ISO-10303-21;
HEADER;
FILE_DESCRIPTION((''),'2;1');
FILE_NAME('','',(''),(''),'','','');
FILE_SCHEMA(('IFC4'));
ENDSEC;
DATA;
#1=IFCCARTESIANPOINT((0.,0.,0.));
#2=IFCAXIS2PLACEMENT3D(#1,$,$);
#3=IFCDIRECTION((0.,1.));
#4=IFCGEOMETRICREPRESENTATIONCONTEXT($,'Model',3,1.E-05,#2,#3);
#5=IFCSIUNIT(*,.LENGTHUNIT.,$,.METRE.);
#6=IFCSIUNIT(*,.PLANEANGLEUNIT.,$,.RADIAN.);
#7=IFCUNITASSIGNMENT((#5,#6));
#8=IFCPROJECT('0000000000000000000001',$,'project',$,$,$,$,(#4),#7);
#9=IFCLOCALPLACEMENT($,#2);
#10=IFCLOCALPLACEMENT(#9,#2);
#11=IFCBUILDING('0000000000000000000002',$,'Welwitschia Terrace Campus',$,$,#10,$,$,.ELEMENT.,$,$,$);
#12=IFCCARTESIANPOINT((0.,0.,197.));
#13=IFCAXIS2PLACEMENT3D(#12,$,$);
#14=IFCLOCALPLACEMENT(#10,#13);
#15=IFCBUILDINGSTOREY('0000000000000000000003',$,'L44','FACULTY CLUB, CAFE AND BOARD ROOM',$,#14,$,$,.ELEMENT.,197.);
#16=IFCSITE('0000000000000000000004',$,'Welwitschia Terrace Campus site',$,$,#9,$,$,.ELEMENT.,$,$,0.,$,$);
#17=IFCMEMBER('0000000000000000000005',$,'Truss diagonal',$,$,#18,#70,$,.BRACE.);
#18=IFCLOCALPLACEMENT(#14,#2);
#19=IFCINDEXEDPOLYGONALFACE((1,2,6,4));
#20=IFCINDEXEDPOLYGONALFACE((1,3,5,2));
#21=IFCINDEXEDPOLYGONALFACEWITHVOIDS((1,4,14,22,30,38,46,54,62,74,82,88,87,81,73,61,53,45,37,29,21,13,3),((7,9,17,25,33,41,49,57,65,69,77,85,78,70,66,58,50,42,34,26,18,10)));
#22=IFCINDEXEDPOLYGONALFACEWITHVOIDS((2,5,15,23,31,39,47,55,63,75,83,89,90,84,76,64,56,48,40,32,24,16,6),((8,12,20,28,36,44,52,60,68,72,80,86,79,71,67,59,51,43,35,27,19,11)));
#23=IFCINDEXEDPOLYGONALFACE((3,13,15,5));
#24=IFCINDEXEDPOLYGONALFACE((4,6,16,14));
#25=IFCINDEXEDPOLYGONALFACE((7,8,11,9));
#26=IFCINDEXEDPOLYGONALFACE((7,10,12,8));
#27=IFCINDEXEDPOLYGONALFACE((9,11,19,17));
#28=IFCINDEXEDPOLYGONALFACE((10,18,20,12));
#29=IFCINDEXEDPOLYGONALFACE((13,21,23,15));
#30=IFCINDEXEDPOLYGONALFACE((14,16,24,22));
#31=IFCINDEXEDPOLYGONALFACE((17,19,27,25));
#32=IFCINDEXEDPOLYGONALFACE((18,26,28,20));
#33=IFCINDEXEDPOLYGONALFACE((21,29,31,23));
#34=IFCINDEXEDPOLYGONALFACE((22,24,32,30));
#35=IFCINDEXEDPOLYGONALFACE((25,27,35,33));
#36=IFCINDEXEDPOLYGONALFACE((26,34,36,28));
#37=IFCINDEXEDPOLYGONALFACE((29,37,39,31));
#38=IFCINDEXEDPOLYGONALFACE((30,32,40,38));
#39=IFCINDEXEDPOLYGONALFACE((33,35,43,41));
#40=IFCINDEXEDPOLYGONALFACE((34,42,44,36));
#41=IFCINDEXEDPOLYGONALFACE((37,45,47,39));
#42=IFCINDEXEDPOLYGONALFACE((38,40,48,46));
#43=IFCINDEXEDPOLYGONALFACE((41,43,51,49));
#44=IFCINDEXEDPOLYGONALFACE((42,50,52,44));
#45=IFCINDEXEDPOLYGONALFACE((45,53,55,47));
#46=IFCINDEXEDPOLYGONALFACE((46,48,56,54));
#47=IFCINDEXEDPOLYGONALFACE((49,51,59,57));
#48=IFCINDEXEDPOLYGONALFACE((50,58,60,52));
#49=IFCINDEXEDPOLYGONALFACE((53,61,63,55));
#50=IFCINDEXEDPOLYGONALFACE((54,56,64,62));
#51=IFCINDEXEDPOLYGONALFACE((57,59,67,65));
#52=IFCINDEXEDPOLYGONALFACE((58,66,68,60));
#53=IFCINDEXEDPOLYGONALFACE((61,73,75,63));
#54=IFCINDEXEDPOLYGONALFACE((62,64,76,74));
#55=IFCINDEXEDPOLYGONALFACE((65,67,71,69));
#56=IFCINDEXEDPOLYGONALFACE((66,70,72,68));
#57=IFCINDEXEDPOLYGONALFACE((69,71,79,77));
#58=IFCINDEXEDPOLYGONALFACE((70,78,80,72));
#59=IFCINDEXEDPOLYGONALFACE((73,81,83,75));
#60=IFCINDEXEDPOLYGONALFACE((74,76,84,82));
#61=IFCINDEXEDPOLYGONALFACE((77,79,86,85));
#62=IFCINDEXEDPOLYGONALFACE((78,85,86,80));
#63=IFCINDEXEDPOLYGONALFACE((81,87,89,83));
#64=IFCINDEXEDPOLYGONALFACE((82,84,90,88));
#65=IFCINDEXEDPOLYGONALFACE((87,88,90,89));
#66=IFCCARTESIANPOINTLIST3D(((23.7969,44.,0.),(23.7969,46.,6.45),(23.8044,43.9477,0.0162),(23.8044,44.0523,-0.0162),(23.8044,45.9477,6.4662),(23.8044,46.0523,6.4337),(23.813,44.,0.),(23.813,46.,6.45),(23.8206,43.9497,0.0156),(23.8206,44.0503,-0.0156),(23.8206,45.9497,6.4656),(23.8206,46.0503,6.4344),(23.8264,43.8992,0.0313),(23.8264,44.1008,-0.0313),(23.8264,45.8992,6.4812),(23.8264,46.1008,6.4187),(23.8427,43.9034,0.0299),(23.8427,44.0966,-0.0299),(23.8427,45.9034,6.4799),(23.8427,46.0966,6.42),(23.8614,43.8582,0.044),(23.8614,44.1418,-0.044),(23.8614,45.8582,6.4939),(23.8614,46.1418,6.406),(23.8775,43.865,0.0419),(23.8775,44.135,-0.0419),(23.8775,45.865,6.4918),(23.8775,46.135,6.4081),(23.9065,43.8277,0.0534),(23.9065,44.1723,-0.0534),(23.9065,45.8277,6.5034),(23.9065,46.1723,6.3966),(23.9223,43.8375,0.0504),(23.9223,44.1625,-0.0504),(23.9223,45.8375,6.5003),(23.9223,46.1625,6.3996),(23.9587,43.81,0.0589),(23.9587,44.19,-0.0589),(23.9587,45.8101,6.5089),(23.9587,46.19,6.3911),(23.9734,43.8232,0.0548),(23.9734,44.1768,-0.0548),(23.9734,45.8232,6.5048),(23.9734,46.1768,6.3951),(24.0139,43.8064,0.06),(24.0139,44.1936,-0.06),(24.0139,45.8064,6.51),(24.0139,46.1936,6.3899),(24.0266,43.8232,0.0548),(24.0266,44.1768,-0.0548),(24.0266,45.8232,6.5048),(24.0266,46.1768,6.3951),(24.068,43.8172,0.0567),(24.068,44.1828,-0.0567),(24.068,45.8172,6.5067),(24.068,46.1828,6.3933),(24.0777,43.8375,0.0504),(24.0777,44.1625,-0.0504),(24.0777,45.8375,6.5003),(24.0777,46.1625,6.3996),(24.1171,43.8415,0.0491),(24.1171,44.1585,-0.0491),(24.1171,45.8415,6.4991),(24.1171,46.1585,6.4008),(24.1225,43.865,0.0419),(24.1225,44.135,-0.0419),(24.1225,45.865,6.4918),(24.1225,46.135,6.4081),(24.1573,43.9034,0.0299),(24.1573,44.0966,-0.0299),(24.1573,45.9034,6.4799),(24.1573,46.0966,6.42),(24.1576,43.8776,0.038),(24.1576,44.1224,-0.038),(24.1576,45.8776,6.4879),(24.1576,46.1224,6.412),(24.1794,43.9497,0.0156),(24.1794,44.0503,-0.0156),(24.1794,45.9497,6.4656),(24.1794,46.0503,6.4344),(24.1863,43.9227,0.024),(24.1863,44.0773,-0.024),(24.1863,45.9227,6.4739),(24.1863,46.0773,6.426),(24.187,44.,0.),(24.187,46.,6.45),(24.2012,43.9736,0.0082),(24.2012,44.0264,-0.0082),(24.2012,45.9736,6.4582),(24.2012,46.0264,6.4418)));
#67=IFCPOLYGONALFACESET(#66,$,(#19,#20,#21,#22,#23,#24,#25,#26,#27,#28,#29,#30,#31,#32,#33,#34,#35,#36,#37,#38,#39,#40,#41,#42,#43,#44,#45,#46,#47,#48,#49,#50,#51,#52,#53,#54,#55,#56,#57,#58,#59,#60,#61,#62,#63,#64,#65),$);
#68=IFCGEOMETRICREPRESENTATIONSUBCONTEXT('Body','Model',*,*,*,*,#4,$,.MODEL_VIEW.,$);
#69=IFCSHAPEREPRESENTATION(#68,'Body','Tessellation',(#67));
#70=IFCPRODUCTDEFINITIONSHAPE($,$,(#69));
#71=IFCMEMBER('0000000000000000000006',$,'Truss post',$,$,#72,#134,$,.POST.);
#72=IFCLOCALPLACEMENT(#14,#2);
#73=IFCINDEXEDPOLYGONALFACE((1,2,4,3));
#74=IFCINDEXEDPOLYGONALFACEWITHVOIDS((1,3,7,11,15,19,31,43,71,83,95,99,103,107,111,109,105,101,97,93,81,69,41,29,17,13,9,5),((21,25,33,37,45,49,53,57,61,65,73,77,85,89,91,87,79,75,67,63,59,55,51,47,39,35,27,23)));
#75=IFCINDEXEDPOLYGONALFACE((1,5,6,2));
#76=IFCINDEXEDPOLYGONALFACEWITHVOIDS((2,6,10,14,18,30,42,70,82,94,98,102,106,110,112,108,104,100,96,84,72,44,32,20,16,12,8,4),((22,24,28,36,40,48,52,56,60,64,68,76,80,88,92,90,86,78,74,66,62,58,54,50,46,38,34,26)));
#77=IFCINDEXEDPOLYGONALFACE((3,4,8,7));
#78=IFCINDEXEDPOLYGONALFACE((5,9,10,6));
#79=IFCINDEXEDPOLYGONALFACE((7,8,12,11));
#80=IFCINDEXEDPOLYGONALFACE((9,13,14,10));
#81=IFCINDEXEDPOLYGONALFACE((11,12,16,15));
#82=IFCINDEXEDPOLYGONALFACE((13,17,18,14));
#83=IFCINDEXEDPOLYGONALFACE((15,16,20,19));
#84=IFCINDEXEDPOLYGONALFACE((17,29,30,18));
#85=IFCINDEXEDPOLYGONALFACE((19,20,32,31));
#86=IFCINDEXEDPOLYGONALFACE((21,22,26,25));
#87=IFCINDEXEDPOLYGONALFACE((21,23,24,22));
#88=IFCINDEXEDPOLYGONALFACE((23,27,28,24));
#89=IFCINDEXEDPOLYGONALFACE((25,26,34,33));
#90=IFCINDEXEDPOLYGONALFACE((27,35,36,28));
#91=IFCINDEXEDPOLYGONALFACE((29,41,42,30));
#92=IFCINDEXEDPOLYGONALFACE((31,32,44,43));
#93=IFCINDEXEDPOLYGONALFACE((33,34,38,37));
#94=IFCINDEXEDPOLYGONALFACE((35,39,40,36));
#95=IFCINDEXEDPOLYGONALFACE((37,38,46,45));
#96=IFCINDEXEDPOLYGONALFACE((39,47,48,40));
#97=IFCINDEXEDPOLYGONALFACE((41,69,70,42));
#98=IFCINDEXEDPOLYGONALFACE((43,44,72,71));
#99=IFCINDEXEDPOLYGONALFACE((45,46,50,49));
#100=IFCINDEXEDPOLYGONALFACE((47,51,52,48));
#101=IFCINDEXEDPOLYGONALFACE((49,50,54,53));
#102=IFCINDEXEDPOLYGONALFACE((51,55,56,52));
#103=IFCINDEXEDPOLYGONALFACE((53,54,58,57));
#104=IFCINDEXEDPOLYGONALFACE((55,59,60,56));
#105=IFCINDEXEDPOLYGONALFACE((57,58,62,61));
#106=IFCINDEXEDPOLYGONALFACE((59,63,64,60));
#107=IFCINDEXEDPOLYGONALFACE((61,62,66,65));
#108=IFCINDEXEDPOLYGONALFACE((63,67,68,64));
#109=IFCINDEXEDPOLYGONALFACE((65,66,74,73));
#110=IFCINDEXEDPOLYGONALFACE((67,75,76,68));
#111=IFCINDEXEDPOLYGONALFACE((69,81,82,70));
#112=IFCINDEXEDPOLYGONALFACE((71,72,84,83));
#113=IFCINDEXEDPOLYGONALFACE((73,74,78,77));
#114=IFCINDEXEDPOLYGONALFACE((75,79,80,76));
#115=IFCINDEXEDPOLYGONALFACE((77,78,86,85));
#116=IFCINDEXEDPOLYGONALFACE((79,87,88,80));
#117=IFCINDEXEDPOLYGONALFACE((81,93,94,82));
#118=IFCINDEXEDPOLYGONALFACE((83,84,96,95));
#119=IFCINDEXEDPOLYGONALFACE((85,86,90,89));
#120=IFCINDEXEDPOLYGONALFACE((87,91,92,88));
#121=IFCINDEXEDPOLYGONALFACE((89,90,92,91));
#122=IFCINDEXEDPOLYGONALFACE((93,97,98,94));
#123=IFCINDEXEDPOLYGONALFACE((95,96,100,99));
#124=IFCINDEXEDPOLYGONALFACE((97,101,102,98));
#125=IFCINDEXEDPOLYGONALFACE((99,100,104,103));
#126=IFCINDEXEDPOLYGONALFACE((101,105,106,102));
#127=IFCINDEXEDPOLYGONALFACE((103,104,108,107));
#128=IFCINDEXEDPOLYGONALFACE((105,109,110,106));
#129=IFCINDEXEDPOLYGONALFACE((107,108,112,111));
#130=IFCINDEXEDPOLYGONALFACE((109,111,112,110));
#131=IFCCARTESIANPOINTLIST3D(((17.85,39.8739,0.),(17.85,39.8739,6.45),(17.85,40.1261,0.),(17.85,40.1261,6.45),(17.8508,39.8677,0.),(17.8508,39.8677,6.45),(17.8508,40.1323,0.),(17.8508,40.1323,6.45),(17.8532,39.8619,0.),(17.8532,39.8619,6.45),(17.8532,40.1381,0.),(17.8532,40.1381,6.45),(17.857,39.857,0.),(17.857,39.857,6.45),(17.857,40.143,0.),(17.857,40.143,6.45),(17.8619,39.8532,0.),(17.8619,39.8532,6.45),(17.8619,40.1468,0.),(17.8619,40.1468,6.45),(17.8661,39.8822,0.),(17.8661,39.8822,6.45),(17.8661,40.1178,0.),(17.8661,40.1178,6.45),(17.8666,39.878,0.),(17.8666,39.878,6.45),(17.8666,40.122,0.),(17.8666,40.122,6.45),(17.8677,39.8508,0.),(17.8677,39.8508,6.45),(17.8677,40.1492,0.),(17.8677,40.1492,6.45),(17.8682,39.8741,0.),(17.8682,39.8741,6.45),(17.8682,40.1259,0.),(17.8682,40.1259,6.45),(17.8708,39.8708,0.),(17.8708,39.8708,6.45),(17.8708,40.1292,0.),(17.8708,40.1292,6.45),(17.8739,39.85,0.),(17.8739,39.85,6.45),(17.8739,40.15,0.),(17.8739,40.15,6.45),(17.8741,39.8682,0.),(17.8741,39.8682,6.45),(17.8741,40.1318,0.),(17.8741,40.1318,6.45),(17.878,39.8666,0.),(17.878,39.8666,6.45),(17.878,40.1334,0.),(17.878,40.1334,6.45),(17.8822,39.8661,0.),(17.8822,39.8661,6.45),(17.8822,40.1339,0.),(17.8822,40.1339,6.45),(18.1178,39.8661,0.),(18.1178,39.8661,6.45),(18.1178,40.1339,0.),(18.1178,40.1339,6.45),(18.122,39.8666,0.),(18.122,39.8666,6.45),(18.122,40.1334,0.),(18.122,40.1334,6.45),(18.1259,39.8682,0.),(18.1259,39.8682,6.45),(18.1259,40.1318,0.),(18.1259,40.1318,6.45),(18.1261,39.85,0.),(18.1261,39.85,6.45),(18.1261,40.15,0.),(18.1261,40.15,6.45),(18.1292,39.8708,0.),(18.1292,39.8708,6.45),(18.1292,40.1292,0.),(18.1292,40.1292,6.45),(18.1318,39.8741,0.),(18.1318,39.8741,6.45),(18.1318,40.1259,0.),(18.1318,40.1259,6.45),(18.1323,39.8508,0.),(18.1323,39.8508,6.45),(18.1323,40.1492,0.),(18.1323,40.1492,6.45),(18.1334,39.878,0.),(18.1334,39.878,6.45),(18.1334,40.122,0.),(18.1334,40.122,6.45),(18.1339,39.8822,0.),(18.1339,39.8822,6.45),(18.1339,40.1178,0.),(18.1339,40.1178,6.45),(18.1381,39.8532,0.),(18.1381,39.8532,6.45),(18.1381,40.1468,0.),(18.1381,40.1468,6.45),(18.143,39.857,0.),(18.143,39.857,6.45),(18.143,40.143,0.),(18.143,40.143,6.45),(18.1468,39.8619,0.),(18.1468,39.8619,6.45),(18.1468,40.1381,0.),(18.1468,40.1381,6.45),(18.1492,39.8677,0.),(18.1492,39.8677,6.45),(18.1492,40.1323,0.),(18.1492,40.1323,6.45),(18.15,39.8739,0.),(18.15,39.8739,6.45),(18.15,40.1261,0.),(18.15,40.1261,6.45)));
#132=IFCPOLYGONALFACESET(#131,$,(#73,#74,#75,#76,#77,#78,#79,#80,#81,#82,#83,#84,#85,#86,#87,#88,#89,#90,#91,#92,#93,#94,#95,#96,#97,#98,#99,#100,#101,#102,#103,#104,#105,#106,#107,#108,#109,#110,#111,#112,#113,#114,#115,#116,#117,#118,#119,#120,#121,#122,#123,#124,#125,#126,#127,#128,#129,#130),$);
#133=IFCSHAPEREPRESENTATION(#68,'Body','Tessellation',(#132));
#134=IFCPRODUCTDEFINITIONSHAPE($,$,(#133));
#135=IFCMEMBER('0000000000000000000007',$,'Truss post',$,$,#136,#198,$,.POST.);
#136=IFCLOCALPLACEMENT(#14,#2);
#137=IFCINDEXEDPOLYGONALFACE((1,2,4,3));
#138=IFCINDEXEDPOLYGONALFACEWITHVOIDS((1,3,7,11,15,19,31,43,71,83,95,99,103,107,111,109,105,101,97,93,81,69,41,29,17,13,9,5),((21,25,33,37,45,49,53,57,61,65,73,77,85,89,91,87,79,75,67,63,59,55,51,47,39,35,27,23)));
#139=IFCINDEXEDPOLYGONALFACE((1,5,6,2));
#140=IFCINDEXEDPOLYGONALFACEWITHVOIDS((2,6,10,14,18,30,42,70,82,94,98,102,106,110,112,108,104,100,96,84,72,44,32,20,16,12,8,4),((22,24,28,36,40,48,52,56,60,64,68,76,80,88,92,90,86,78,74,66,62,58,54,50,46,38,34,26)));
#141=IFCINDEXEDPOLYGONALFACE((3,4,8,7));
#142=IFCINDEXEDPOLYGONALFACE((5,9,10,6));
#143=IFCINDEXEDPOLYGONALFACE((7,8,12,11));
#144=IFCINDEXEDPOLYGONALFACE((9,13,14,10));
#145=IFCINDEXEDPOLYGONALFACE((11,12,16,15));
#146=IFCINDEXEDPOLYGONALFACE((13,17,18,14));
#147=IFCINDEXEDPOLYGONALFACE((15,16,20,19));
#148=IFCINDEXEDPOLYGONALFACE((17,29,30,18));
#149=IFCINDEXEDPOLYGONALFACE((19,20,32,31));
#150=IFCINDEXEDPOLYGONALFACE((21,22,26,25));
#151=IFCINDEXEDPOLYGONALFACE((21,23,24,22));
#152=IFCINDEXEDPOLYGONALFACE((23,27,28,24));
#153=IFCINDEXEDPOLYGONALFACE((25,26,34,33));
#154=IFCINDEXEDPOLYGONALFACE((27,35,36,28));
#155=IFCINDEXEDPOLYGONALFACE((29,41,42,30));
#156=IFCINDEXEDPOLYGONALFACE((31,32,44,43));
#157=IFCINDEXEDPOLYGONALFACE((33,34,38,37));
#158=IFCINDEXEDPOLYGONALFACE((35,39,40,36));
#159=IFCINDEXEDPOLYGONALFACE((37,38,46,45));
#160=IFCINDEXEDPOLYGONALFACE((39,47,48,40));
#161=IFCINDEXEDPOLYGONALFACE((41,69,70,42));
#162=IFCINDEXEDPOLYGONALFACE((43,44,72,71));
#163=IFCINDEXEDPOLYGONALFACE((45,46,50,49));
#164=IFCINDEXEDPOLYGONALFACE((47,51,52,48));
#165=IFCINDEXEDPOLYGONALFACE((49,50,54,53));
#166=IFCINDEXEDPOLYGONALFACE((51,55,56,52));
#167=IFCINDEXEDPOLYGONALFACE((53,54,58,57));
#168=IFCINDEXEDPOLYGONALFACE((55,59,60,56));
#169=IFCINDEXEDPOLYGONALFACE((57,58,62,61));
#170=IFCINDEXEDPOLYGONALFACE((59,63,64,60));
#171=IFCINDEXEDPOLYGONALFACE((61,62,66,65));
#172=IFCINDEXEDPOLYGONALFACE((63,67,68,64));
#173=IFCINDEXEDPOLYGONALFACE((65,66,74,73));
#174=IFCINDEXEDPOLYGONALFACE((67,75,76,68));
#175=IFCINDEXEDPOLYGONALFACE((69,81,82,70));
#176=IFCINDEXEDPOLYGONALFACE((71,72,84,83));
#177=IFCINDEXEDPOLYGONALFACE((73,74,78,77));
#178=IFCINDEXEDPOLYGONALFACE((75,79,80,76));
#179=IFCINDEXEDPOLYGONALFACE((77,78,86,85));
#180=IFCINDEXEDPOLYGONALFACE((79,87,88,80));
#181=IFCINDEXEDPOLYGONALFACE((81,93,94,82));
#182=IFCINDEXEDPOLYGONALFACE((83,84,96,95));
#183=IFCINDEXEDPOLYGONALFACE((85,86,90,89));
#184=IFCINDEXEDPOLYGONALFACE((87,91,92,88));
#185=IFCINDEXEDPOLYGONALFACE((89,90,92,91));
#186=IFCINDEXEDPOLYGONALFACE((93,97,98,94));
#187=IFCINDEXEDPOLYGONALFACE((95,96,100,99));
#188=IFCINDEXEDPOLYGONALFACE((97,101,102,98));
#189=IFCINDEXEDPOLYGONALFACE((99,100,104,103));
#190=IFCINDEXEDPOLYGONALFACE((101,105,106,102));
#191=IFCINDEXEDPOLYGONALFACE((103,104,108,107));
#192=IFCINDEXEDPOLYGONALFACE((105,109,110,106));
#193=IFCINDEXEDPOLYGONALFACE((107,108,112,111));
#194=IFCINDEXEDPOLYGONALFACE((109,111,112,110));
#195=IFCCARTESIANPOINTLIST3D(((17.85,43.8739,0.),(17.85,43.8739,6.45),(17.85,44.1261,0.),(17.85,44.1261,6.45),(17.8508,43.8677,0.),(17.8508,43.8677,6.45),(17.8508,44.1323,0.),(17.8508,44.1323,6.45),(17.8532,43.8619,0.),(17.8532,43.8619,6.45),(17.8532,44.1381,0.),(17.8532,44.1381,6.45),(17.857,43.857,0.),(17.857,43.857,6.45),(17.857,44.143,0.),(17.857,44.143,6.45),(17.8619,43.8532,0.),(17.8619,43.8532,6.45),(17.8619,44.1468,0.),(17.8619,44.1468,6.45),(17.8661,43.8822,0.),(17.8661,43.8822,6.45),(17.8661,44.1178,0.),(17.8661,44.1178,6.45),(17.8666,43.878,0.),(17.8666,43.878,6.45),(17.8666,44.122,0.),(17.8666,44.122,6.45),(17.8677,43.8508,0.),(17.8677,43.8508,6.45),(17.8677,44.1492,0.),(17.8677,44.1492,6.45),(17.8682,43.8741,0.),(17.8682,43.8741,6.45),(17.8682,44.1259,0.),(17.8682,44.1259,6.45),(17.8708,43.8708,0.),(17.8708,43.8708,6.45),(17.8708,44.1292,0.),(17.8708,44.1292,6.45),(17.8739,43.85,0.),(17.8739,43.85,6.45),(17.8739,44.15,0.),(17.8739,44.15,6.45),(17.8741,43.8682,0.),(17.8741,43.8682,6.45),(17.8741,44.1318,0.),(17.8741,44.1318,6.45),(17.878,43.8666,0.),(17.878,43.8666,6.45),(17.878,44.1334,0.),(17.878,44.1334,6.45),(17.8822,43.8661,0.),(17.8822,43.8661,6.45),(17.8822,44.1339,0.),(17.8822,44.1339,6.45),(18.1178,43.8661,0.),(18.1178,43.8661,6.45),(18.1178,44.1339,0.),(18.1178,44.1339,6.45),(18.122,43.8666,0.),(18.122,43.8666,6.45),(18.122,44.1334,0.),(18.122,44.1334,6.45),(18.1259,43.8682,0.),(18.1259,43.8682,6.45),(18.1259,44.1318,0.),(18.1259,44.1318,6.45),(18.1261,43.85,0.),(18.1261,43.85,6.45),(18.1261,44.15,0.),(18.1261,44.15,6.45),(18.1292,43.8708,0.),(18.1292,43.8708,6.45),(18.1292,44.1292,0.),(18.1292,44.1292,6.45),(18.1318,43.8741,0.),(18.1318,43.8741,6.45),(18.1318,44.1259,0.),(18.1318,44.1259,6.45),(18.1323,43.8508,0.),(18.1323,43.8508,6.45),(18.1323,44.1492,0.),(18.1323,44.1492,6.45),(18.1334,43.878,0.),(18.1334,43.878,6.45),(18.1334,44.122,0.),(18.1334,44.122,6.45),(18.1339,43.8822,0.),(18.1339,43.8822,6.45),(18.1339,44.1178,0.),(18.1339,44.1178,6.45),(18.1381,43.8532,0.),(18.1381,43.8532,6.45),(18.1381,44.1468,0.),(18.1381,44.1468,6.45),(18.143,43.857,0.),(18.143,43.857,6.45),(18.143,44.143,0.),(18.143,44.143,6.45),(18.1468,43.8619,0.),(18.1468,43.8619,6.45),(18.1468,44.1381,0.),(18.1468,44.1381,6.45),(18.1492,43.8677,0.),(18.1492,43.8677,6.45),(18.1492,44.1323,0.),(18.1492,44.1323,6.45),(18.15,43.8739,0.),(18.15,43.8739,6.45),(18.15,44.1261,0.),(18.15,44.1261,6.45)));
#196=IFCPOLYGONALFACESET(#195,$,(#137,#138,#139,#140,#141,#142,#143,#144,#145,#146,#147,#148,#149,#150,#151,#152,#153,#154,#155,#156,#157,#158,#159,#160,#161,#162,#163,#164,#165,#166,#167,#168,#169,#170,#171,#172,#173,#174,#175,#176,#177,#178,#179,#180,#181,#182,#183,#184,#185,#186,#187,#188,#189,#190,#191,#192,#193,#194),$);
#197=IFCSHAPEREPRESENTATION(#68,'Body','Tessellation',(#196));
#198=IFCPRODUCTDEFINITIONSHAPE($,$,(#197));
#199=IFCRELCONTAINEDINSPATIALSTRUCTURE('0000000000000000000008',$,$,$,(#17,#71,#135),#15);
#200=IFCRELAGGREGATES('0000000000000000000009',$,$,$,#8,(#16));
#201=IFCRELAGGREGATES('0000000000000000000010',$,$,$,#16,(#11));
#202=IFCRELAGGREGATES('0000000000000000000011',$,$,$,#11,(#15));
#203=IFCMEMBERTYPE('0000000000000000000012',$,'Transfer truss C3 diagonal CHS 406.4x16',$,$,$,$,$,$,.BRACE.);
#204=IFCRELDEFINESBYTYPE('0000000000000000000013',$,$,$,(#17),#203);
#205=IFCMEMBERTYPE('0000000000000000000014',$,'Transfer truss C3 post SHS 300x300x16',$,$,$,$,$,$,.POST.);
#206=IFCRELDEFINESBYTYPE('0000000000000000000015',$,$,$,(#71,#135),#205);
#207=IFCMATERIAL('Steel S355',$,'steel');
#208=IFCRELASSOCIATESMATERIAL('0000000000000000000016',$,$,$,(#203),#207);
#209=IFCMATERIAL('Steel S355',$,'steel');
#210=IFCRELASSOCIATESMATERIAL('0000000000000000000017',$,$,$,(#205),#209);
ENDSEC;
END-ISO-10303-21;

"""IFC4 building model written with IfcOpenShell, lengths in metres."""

from ifc_helpers import new_model, si_unit, direction, frame, origin, origin_2d, place, context, subcontext, project, spatial, hollow_rectangle, hollow_circle, extrude, material, material_profile, profile_set, type_object, element, save


model = new_model("IFC4")

# Units and contexts
model_context = context("Model", 3, precision=1e-05, world=origin(), true_north=direction((0.0, 1.0)))
body_context = subcontext(model_context, "Body", "Model", "MODEL_VIEW")
ifc_project = project(units=[si_unit("LENGTHUNIT", "METRE"), si_unit("PLANEANGLEUNIT", "RADIAN")], contexts=[model_context])

# Site, building, storey
site_placement = place(None, origin())
site = spatial("IfcSite", under=ifc_project, at=site_placement, Name="Welwitschia Terrace Campus site", CompositionType="ELEMENT", RefElevation=0.0)
building_placement = place(site_placement, origin())
building = spatial("IfcBuilding", under=site, at=building_placement, Name="Welwitschia Terrace Campus", CompositionType="ELEMENT")
storey_placement = place(building_placement, frame((0.0, 0.0, 197.0)))
storey = spatial("IfcBuildingStorey", under=building, at=storey_placement, Name="L44", Description="FACULTY CLUB, CAFE AND BOARD ROOM", CompositionType="ELEMENT", Elevation=197.0)

# Members
ifc_material_1 = material(Name="Steel S355", Category="steel")
ifc_material_profile_1 = material_profile(ifc_material_1, hollow_circle(Radius=0.2031, WallThickness=0.0161, at=origin_2d()))
ifc_profile_set_1 = profile_set([ifc_material_profile_1], Name="Steel S355")
member_type_1 = type_object("IfcMemberType", Name="Transfer truss C3 diagonal CHS 406.4x16", PredefinedType="BRACE", material=ifc_profile_set_1)
member_1_placement = place(storey_placement, frame((24.0, 44.0, 0.0), z_axis=(0.0, 0.296168, 0.955136), x_axis=(-1.0, 0.0, 0.0)))
element("IfcMember", 1, at=member_1_placement, inside=storey, type_object=member_type_1, Name="Truss diagonal", PredefinedType="BRACE", context=body_context, shape_type="SweptSolid", body=[
    extrude(hollow_circle(Radius=0.2031, WallThickness=0.0161, at=origin_2d()), origin(), (0.0, 0.0, 1.0), 6.7529),
])
ifc_material_2 = material(Name="Steel S355", Category="steel")
ifc_material_profile_2 = material_profile(ifc_material_2, hollow_rectangle(XDim=0.3, YDim=0.3, WallThickness=0.0161, InnerFilletRadius=0.0161, OuterFilletRadius=0.0239, at=origin_2d()))
ifc_profile_set_2 = profile_set([ifc_material_profile_2], Name="Steel S355")
member_type_2 = type_object("IfcMemberType", Name="Transfer truss C3 post SHS 300x300x16", PredefinedType="POST", material=ifc_profile_set_2)
for number, where, z_axis, x_axis, name in (
    (2, (18.0, 40.0, 0.0), (0.0, 0.0, 1.0), (1.0, 0.0, 0.0), "Truss post"),
    (3, (18.0, 44.0, 0.0), (0.0, 0.0, 1.0), (1.0, 0.0, 0.0), "Truss post"),
):
    element("IfcMember", number, at=place(storey_placement, frame(where, z_axis=z_axis, x_axis=x_axis)), inside=storey, type_object=member_type_2, Name=name, PredefinedType="POST", context=body_context, shape_type="SweptSolid", body=[
        extrude(hollow_rectangle(XDim=0.3, YDim=0.3, WallThickness=0.0161, InnerFilletRadius=0.0161, OuterFilletRadius=0.0239, at=origin_2d()), origin(), (0.0, 0.0, 1.0), 6.45),
    ])

save(model, "model.ifc")
